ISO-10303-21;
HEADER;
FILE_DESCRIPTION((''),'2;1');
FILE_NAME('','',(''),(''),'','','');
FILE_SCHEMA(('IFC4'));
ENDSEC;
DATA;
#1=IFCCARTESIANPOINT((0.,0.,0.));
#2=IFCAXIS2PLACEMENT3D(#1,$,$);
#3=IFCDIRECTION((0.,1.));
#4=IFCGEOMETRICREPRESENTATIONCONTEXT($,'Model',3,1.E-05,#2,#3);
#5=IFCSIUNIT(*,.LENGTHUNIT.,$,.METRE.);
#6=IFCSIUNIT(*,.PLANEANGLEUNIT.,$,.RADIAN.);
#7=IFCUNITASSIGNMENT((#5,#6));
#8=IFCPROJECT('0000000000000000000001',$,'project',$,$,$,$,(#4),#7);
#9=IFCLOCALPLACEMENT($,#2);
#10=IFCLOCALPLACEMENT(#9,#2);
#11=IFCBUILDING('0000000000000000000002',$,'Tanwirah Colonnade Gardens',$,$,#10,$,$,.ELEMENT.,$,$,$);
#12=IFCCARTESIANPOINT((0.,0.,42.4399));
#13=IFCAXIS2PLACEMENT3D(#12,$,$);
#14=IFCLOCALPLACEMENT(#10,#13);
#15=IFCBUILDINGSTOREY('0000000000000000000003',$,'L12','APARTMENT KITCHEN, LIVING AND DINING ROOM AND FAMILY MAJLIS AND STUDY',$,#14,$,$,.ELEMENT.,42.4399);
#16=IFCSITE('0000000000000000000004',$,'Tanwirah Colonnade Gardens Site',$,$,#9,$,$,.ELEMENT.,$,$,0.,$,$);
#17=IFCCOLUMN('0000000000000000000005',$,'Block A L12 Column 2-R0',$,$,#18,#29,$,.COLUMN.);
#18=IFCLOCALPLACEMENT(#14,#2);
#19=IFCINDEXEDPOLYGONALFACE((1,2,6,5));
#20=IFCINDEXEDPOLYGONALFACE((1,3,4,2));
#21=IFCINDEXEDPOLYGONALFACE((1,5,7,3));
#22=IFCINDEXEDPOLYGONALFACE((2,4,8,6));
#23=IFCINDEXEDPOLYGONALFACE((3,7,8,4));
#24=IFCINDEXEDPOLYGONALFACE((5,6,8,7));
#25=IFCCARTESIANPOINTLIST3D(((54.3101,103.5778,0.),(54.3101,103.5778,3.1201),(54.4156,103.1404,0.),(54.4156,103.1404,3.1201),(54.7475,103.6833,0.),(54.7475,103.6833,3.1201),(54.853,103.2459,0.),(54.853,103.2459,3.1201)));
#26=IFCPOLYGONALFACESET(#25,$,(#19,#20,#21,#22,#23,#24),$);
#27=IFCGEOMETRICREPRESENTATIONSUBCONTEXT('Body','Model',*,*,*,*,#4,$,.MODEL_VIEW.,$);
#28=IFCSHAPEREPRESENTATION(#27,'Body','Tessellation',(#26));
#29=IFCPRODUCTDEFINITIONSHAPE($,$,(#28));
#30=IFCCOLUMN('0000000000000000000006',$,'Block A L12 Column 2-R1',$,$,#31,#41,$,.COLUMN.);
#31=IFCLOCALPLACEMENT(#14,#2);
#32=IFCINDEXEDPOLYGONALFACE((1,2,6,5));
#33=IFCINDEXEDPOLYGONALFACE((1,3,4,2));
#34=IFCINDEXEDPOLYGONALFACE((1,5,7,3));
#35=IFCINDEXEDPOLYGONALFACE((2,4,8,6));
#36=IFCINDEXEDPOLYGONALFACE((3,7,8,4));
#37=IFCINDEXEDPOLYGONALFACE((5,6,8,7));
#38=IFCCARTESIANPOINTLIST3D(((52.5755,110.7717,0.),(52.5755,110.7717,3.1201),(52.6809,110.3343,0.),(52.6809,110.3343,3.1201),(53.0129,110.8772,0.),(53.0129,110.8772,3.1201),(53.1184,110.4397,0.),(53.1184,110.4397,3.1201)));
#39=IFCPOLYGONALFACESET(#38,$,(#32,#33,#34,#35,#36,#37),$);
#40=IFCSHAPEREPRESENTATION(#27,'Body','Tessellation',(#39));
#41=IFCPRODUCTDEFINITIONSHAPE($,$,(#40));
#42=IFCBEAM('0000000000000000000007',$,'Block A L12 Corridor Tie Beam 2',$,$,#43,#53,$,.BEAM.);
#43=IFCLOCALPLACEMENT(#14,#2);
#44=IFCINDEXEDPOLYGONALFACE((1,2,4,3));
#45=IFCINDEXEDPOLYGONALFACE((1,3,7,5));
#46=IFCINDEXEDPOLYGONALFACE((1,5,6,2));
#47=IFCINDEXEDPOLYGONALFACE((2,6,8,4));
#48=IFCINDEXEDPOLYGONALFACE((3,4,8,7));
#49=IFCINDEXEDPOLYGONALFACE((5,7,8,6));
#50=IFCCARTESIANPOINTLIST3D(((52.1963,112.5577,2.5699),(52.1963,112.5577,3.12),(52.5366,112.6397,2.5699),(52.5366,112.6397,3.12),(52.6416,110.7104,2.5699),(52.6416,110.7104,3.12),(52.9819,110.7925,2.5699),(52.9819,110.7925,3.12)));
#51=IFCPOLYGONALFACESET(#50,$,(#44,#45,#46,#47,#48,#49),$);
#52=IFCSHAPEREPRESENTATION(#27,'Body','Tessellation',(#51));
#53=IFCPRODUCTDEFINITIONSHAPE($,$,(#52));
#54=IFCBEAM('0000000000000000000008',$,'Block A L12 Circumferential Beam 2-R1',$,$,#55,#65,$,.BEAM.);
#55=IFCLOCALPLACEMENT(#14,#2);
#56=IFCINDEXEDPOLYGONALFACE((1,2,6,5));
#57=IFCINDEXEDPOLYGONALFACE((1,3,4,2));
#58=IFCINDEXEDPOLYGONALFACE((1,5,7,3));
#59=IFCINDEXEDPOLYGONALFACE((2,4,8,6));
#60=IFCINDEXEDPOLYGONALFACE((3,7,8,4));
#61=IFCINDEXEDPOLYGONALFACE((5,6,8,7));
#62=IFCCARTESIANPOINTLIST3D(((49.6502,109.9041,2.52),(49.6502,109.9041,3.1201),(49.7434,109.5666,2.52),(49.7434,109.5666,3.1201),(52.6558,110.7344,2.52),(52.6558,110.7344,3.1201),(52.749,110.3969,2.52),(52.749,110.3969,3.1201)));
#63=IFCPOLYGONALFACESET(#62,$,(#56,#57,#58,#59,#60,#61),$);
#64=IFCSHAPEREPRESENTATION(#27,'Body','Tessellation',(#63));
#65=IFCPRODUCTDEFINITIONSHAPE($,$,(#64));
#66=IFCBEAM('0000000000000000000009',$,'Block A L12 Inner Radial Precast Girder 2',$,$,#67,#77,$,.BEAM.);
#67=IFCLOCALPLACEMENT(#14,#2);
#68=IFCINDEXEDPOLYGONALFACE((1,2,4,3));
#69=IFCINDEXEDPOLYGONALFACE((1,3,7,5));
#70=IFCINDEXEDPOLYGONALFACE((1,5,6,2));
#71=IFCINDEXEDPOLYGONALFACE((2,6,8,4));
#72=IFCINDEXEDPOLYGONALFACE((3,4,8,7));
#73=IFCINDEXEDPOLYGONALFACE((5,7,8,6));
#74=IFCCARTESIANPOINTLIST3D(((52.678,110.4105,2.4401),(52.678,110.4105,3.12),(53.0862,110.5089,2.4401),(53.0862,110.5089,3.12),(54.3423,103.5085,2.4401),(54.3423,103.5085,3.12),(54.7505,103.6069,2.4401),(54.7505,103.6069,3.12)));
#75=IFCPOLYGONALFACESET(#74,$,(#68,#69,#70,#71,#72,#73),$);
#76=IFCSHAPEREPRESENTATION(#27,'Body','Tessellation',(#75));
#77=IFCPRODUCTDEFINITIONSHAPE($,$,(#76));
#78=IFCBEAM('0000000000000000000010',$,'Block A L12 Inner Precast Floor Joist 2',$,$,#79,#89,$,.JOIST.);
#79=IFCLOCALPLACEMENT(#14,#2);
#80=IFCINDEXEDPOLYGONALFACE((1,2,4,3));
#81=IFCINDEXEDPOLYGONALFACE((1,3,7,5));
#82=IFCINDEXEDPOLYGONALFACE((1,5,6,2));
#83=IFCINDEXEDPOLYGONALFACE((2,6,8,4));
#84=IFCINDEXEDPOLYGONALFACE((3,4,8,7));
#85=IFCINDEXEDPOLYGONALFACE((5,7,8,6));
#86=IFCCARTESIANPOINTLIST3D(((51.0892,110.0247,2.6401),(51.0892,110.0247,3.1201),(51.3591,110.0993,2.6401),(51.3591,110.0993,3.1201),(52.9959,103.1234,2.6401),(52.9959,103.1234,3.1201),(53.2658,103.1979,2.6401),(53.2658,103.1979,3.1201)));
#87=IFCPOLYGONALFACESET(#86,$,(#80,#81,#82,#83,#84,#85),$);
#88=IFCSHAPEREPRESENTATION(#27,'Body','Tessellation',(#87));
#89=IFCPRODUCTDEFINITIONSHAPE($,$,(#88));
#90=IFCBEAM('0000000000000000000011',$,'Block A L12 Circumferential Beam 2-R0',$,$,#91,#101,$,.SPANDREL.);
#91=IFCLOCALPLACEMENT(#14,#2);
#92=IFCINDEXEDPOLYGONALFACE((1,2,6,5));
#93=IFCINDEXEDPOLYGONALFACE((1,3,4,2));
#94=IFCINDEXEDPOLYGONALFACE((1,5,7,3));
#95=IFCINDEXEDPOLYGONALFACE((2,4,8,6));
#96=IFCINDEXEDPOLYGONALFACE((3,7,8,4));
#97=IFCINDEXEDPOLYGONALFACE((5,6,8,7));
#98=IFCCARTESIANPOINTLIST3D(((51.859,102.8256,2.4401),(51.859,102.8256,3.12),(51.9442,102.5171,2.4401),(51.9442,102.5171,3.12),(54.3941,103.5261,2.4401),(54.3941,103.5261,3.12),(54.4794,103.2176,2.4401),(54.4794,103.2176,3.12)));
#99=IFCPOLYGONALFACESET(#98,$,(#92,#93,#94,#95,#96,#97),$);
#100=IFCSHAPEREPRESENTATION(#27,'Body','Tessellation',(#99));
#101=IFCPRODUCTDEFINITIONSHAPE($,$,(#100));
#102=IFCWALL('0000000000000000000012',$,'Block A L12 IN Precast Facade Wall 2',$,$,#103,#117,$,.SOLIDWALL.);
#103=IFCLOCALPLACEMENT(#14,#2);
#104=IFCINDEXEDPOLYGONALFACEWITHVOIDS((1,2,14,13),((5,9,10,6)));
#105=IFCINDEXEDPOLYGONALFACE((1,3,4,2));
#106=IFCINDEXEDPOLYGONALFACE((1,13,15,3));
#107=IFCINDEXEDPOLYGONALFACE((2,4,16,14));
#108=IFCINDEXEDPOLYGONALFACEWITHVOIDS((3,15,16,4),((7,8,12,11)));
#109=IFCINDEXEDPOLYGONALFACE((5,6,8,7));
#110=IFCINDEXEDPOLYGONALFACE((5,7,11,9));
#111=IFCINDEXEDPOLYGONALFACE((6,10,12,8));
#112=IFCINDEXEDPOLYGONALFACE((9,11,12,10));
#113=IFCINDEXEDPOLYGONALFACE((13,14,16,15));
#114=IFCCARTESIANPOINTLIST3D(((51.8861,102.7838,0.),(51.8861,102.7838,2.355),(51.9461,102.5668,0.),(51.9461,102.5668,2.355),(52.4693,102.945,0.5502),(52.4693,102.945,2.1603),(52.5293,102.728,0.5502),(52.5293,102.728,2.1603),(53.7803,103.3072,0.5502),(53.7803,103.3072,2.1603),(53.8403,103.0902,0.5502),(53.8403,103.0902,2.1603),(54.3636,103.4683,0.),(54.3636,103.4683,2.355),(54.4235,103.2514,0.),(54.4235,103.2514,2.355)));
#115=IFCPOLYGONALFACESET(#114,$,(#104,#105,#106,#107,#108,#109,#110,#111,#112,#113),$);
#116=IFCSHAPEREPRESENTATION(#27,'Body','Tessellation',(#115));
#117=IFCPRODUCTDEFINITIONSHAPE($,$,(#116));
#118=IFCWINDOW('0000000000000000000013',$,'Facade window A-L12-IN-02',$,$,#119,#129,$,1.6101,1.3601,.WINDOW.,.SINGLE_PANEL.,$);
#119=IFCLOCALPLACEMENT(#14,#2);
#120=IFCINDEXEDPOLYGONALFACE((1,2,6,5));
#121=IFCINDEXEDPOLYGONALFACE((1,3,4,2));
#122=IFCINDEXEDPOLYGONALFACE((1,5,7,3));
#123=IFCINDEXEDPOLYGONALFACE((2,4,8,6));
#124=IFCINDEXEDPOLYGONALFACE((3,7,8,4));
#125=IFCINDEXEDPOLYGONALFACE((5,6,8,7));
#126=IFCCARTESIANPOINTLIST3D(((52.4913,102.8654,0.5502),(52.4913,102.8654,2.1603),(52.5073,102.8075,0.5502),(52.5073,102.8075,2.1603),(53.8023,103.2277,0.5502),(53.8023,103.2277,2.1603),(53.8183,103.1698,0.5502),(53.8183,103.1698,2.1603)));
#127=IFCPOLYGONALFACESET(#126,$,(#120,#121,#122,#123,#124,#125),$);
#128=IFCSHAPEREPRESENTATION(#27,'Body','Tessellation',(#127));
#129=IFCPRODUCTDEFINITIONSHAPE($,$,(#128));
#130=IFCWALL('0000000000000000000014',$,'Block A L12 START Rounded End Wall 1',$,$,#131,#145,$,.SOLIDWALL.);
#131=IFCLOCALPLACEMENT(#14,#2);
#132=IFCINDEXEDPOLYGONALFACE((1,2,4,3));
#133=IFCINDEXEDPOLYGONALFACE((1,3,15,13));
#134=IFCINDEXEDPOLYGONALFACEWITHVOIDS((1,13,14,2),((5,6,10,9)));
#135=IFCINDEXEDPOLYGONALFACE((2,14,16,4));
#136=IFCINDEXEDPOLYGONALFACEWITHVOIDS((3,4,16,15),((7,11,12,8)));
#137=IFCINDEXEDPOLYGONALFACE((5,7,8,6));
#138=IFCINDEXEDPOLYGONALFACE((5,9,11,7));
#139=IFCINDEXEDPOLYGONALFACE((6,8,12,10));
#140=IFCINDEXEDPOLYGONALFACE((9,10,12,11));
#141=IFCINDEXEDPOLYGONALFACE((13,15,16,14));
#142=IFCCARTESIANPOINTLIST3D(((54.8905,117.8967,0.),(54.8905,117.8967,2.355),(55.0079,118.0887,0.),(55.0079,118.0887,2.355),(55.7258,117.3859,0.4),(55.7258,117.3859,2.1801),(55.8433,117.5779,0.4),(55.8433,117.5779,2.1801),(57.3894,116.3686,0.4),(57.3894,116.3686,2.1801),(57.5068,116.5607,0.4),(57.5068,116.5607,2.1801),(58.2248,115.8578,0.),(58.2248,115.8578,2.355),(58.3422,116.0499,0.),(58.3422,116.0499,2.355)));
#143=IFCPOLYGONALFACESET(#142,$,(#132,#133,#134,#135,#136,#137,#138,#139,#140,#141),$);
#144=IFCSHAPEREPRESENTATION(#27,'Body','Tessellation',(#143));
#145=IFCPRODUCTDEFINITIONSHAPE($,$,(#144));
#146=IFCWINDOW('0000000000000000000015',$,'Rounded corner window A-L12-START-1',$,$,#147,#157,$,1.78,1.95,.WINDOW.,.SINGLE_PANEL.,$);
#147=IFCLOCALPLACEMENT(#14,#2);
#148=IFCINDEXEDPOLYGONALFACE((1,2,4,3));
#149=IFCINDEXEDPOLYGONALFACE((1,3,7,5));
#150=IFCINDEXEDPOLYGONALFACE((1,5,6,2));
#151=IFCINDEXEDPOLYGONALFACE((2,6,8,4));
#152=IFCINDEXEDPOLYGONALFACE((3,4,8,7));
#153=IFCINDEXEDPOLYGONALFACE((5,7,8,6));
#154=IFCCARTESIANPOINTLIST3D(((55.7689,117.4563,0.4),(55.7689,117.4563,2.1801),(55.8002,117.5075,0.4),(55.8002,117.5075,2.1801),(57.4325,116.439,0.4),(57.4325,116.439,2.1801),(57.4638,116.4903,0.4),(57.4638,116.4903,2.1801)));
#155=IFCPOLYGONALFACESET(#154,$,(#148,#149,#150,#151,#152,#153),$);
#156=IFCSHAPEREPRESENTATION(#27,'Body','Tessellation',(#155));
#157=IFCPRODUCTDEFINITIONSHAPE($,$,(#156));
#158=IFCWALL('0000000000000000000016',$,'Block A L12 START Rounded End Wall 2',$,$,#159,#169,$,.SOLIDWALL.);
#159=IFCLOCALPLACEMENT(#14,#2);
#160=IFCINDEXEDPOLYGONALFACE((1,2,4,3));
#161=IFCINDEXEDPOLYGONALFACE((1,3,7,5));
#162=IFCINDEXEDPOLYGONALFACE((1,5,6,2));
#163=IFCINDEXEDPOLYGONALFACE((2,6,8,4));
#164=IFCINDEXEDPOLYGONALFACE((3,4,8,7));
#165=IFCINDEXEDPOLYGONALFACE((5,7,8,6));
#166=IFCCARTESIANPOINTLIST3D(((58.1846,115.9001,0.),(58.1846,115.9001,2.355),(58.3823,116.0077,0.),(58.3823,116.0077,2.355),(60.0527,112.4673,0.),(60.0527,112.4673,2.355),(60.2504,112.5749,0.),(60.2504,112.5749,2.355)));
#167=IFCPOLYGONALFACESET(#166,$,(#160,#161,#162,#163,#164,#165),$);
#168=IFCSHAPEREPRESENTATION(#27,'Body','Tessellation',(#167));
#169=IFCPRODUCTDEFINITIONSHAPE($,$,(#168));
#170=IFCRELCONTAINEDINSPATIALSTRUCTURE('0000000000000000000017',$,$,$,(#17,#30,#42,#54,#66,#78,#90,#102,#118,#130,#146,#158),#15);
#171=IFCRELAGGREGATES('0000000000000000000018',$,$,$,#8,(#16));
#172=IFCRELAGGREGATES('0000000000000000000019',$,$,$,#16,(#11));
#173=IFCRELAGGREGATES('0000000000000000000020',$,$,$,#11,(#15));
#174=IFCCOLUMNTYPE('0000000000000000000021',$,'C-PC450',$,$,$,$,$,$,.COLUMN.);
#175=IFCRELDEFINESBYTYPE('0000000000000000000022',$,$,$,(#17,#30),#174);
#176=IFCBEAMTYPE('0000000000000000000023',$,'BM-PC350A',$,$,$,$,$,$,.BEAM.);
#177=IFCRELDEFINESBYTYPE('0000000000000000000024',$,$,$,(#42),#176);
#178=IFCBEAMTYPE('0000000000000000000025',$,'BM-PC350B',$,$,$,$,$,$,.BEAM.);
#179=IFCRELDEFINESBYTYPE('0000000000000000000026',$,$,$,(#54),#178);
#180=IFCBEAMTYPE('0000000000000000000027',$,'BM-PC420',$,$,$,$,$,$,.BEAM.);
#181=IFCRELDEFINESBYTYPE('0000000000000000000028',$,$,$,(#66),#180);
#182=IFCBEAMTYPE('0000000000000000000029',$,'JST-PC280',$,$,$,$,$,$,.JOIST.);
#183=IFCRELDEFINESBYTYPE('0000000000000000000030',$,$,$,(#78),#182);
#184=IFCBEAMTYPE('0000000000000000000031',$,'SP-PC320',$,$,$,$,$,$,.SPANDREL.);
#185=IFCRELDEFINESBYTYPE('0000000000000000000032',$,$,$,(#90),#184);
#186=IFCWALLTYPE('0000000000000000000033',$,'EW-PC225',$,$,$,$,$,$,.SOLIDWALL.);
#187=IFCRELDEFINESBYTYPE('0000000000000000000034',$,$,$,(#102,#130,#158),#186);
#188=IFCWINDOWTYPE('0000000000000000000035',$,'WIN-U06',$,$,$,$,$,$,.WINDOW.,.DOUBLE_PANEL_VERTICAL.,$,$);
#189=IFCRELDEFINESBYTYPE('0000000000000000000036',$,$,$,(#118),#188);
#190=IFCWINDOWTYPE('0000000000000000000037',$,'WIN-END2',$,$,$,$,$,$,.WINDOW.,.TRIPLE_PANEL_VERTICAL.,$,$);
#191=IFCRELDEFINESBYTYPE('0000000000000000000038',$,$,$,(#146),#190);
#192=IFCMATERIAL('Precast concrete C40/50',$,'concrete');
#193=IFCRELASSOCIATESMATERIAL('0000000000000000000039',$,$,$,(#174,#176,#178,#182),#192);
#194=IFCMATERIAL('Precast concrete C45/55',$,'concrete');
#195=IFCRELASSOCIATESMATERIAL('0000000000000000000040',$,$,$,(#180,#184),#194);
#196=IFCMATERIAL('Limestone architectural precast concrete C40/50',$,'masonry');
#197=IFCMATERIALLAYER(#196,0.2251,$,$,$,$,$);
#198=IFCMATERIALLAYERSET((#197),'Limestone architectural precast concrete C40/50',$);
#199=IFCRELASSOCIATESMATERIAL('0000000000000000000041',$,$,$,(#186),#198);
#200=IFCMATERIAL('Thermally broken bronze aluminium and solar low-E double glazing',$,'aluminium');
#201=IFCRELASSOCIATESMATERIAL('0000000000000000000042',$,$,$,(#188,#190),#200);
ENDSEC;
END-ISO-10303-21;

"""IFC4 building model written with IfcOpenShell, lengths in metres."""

from ifc_helpers import new_model, si_unit, direction, frame, frame_2d, origin, origin_2d, place, context, subcontext, project, spatial, rectangle, extrude, material, layer, layer_set, material_profile, profile_set, type_object, element, fill, save


model = new_model("IFC4")

# Units and contexts
model_context = context("Model", 3, precision=1e-05, world=origin(), true_north=direction((0.0, 1.0)))
body_context = subcontext(model_context, "Body", "Model", "MODEL_VIEW")
ifc_project = project(units=[si_unit("LENGTHUNIT", "METRE"), si_unit("PLANEANGLEUNIT", "RADIAN")], contexts=[model_context])

# Site, building, storey
site_placement = place(None, origin())
site = spatial("IfcSite", under=ifc_project, at=site_placement, Name="Tanwirah Colonnade Gardens Site", CompositionType="ELEMENT", RefElevation=0.0)
building_placement = place(site_placement, origin())
building = spatial("IfcBuilding", under=site, at=building_placement, Name="Tanwirah Colonnade Gardens", CompositionType="ELEMENT")
storey_placement = place(building_placement, frame((0.0, 0.0, 42.4399)))
storey = spatial("IfcBuildingStorey", under=building, at=storey_placement, Name="L12", Description="APARTMENT KITCHEN, LIVING AND DINING ROOM AND FAMILY MAJLIS AND STUDY", CompositionType="ELEMENT", Elevation=42.4399)

# Columns
ifc_material_1 = material(Name="Precast concrete C40/50", Category="concrete")
ifc_material_profile_1 = material_profile(ifc_material_1, rectangle(XDim=0.45, YDim=0.45, at=origin_2d()), Name="PC-COL 450x450")
ifc_profile_set_1 = profile_set([ifc_material_profile_1], Name="Precast concrete C40/50")
column_type = type_object("IfcColumnType", Name="C-PC450", PredefinedType="COLUMN", material=ifc_profile_set_1)
for number, where, z_axis, x_axis, name in (
    (1, (54.5815, 103.4119, 0.0), (0.0, 0.0, 1.0), (-0.234388, 0.972143, 0.0), "Block A L12 Column 2-R0"),
    (2, (52.8469, 110.6057, 0.0), (0.0, 0.0, 1.0), (-0.234388, 0.972143, 0.0), "Block A L12 Column 2-R1"),
):
    element("IfcColumn", number, at=place(storey_placement, frame(where, z_axis=z_axis, x_axis=x_axis)), inside=storey, type_object=column_type, Name=name, PredefinedType="COLUMN", context=body_context, shape_type="SweptSolid", body=[
        extrude(rectangle(XDim=0.45, YDim=0.45, at=origin_2d()), origin(), (0.0, 0.0, 1.0), 3.1201),
    ])

# Beams
ifc_material_profile_2 = material_profile(ifc_material_1, rectangle(XDim=0.3501, YDim=0.55, at=origin_2d()), Name="PC-BM 350x550")
ifc_profile_set_2 = profile_set([ifc_material_profile_2], Name="Precast concrete C40/50")
beam_type_1 = type_object("IfcBeamType", Name="BM-PC350A", PredefinedType="BEAM", material=ifc_profile_set_2)
beam_1_placement = place(storey_placement, frame((52.8118, 110.7515, 2.845), z_axis=(-0.234364, 0.972149, 0.0), x_axis=(-0.972149, -0.234364, 0.0)))
element("IfcBeam", 3, at=beam_1_placement, inside=storey, type_object=beam_type_1, Name="Block A L12 Corridor Tie Beam 2", PredefinedType="BEAM", context=body_context, shape_type="SweptSolid", body=[
    extrude(rectangle(XDim=0.3501, YDim=0.55, at=origin_2d()), origin(), (0.0, 0.0, 1.0), 1.9001),
])
ifc_material_profile_3 = material_profile(ifc_material_1, rectangle(XDim=0.3501, YDim=0.6001, at=origin_2d()), Name="PC-BM 350x600")
ifc_profile_set_3 = profile_set([ifc_material_profile_3], Name="Precast concrete C40/50")
beam_type_2 = type_object("IfcBeamType", Name="BM-PC350B", PredefinedType="BEAM", material=ifc_profile_set_3)
beam_2_placement = place(storey_placement, frame((52.7024, 110.5657, 2.8201), z_axis=(-0.963895, -0.266283, 0.0), x_axis=(0.266283, -0.963895, 0.0)))
element("IfcBeam", 4, at=beam_2_placement, inside=storey, type_object=beam_type_2, Name="Block A L12 Circumferential Beam 2-R1", PredefinedType="BEAM", context=body_context, shape_type="SweptSolid", body=[
    extrude(rectangle(XDim=0.3501, YDim=0.6001, at=origin_2d()), origin(), (0.0, 0.0, 1.0), 3.1182),
])
ifc_material_2 = material(Name="Precast concrete C45/55", Category="concrete")
ifc_material_profile_4 = material_profile(ifc_material_2, rectangle(XDim=0.4199, YDim=0.6799, at=origin_2d()), Name="PC-BM 420x680")
ifc_profile_set_4 = profile_set([ifc_material_profile_4], Name="Precast concrete C45/55")
beam_type_3 = type_object("IfcBeamType", Name="BM-PC420", PredefinedType="BEAM", material=ifc_profile_set_4)
beam_3_placement = place(storey_placement, frame((52.8821, 110.4597, 2.78), z_axis=(0.234412, -0.972137, 0.0), x_axis=(0.972137, 0.234412, 0.0)))
element("IfcBeam", 5, at=beam_3_placement, inside=storey, type_object=beam_type_3, Name="Block A L12 Inner Radial Precast Girder 2", PredefinedType="BEAM", context=body_context, shape_type="SweptSolid", body=[
    extrude(rectangle(XDim=0.4199, YDim=0.6799, at=origin_2d()), origin(), (0.0, 0.0, 1.0), 7.0999),
])
ifc_material_profile_5 = material_profile(ifc_material_1, rectangle(XDim=0.28, YDim=0.48, at=origin_2d()), Name="PC-JST 280x480")
ifc_profile_set_5 = profile_set([ifc_material_profile_5], Name="Precast concrete C40/50")
beam_type_4 = type_object("IfcBeamType", Name="JST-PC280", PredefinedType="JOIST", material=ifc_profile_set_5)
beam_4_placement = place(storey_placement, frame((53.1309, 103.1606, 2.8801), z_axis=(-0.266307, 0.963888, 0.0), x_axis=(-0.963888, -0.266307, 0.0)))
element("IfcBeam", 6, at=beam_4_placement, inside=storey, type_object=beam_type_4, Name="Block A L12 Inner Precast Floor Joist 2", PredefinedType="JOIST", context=body_context, shape_type="SweptSolid", body=[
    extrude(rectangle(XDim=0.28, YDim=0.48, at=origin_2d()), origin(), (0.0, 0.0, 1.0), 7.1599),
])
ifc_material_profile_6 = material_profile(ifc_material_2, rectangle(XDim=0.3201, YDim=0.6799, at=origin_2d()), Name="PC-SP 320x680")
ifc_profile_set_6 = profile_set([ifc_material_profile_6], Name="Precast concrete C45/55")
beam_type_5 = type_object("IfcBeamType", Name="SP-PC320", PredefinedType="SPANDREL", material=ifc_profile_set_6)
beam_5_placement = place(storey_placement, frame((54.4368, 103.3718, 2.78), z_axis=(-0.963887, -0.266313, 0.0), x_axis=(0.266313, -0.963887, 0.0)))
element("IfcBeam", 7, at=beam_5_placement, inside=storey, type_object=beam_type_5, Name="Block A L12 Circumferential Beam 2-R0", PredefinedType="SPANDREL", context=body_context, shape_type="SweptSolid", body=[
    extrude(rectangle(XDim=0.3201, YDim=0.6799, at=origin_2d()), origin(), (0.0, 0.0, 1.0), 2.6301),
])

# Walls, openings, windows
ifc_material_3 = material(Name="Limestone architectural precast concrete C40/50", Category="masonry")
ifc_layer_1 = layer(ifc_material_3, 0.2251)
ifc_layer_set_1 = layer_set([ifc_layer_1], Name="Limestone architectural precast concrete C40/50")
wall_type_1 = type_object("IfcWallType", Name="EW-PC225", PredefinedType="SOLIDWALL", material=ifc_layer_set_1)
wall_1_placement = place(storey_placement, frame((54.3936, 103.3599, 0.0), z_axis=(0.0, 0.0, 1.0), x_axis=(-0.963882, -0.266331, 0.0)))
wall_1 = element("IfcWall", 8, at=wall_1_placement, inside=storey, type_object=wall_type_1, Name="Block A L12 IN Precast Facade Wall 2", PredefinedType="SOLIDWALL", context=body_context, shape_type="SweptSolid", body=[
    extrude(rectangle(XDim=2.5703, YDim=0.2251, at=frame_2d((1.2852, 0.0))), origin(), (0.0, 0.0, 1.0), 2.355),
])
opening_1_placement = place(wall_1_placement, frame((0.605, 0.0, 0.55)))
opening_1 = element("IfcOpeningElement", 9, at=opening_1_placement, cuts=wall_1, PredefinedType="OPENING", context=body_context, shape_type="SweptSolid", body=[
    extrude(rectangle(XDim=1.3601, YDim=1.6101, at=frame_2d((0.6802, 0.8052))), frame((0.0, 0.1226, 0.0), z_axis=(0.0, -1.0, 0.0), x_axis=(1.0, 0.0, 0.0)), (0.0, 0.0, 1.0), 0.2451),
])
ifc_material_4 = material(Name="Thermally broken bronze aluminium and solar low-E double glazing", Category="aluminium")
window_type_1 = type_object("IfcWindowType", Name="WIN-U06", PartitioningType="DOUBLE_PANEL_VERTICAL", PredefinedType="WINDOW", material=ifc_material_4)
window_1_placement = place(opening_1_placement, origin())
window_1 = element("IfcWindow", 10, at=window_1_placement, inside=storey, type_object=window_type_1, Name="Facade window A-L12-IN-02", OverallHeight=1.6101, OverallWidth=1.3601, PartitioningType="SINGLE_PANEL", PredefinedType="WINDOW", context=body_context, shape_type="SweptSolid", body=[
    extrude(rectangle(XDim=1.3601, YDim=1.6101, at=frame_2d((0.6802, 0.8052))), frame((0.0, 0.03, 0.0), z_axis=(0.0, -1.0, 0.0), x_axis=(1.0, 0.0, 0.0)), (0.0, 0.0, 1.0), 0.0601),
])
fill(opening_1, window_1)
wall_2_placement = place(storey_placement, frame((54.9492, 117.9927, 0.0), z_axis=(0.0, 0.0, 1.0), x_axis=(0.853141, -0.52168, 0.0)))
wall_2 = element("IfcWall", 11, at=wall_2_placement, inside=storey, type_object=wall_type_1, Name="Block A L12 START Rounded End Wall 1", PredefinedType="SOLIDWALL", context=body_context, shape_type="SweptSolid", body=[
    extrude(rectangle(XDim=3.9082, YDim=0.2251, at=frame_2d((1.9541, 0.0))), origin(), (0.0, 0.0, 1.0), 2.355),
])
opening_2_placement = place(wall_2_placement, frame((0.979, 0.0, 0.3999)))
opening_2 = element("IfcOpeningElement", 12, at=opening_2_placement, cuts=wall_2, PredefinedType="OPENING", context=body_context, shape_type="SweptSolid", body=[
    extrude(rectangle(XDim=1.95, YDim=1.78, at=frame_2d((0.9751, 0.8901))), frame((0.0, 0.1226, 0.0), z_axis=(0.0, -1.0, 0.0), x_axis=(1.0, 0.0, 0.0)), (0.0, 0.0, 1.0), 0.2451),
])
window_type_2 = type_object("IfcWindowType", Name="WIN-END2", PartitioningType="TRIPLE_PANEL_VERTICAL", PredefinedType="WINDOW", material=ifc_material_4)
window_2_placement = place(opening_2_placement, origin())
window_2 = element("IfcWindow", 13, at=window_2_placement, inside=storey, type_object=window_type_2, Name="Rounded corner window A-L12-START-1", OverallHeight=1.78, OverallWidth=1.95, PartitioningType="SINGLE_PANEL", PredefinedType="WINDOW", context=body_context, shape_type="SweptSolid", body=[
    extrude(rectangle(XDim=1.95, YDim=1.78, at=frame_2d((0.9751, 0.8901))), frame((0.0, 0.03, 0.0), z_axis=(0.0, -1.0, 0.0), x_axis=(1.0, 0.0, 0.0)), (0.0, 0.0, 1.0), 0.0601),
])
fill(opening_2, window_2)

# Wall
wall_3_placement = place(storey_placement, frame((58.2834, 115.9539, 0.0), z_axis=(0.0, 0.0, 1.0), x_axis=(0.478003, -0.878358, 0.0)))
element("IfcWall", 14, at=wall_3_placement, inside=storey, type_object=wall_type_1, Name="Block A L12 START Rounded End Wall 2", PredefinedType="SOLIDWALL", context=body_context, shape_type="SweptSolid", body=[
    extrude(rectangle(XDim=3.9082, YDim=0.2251, at=frame_2d((1.9541, 0.0))), origin(), (0.0, 0.0, 1.0), 2.355),
])

save(model, "model.ifc")
